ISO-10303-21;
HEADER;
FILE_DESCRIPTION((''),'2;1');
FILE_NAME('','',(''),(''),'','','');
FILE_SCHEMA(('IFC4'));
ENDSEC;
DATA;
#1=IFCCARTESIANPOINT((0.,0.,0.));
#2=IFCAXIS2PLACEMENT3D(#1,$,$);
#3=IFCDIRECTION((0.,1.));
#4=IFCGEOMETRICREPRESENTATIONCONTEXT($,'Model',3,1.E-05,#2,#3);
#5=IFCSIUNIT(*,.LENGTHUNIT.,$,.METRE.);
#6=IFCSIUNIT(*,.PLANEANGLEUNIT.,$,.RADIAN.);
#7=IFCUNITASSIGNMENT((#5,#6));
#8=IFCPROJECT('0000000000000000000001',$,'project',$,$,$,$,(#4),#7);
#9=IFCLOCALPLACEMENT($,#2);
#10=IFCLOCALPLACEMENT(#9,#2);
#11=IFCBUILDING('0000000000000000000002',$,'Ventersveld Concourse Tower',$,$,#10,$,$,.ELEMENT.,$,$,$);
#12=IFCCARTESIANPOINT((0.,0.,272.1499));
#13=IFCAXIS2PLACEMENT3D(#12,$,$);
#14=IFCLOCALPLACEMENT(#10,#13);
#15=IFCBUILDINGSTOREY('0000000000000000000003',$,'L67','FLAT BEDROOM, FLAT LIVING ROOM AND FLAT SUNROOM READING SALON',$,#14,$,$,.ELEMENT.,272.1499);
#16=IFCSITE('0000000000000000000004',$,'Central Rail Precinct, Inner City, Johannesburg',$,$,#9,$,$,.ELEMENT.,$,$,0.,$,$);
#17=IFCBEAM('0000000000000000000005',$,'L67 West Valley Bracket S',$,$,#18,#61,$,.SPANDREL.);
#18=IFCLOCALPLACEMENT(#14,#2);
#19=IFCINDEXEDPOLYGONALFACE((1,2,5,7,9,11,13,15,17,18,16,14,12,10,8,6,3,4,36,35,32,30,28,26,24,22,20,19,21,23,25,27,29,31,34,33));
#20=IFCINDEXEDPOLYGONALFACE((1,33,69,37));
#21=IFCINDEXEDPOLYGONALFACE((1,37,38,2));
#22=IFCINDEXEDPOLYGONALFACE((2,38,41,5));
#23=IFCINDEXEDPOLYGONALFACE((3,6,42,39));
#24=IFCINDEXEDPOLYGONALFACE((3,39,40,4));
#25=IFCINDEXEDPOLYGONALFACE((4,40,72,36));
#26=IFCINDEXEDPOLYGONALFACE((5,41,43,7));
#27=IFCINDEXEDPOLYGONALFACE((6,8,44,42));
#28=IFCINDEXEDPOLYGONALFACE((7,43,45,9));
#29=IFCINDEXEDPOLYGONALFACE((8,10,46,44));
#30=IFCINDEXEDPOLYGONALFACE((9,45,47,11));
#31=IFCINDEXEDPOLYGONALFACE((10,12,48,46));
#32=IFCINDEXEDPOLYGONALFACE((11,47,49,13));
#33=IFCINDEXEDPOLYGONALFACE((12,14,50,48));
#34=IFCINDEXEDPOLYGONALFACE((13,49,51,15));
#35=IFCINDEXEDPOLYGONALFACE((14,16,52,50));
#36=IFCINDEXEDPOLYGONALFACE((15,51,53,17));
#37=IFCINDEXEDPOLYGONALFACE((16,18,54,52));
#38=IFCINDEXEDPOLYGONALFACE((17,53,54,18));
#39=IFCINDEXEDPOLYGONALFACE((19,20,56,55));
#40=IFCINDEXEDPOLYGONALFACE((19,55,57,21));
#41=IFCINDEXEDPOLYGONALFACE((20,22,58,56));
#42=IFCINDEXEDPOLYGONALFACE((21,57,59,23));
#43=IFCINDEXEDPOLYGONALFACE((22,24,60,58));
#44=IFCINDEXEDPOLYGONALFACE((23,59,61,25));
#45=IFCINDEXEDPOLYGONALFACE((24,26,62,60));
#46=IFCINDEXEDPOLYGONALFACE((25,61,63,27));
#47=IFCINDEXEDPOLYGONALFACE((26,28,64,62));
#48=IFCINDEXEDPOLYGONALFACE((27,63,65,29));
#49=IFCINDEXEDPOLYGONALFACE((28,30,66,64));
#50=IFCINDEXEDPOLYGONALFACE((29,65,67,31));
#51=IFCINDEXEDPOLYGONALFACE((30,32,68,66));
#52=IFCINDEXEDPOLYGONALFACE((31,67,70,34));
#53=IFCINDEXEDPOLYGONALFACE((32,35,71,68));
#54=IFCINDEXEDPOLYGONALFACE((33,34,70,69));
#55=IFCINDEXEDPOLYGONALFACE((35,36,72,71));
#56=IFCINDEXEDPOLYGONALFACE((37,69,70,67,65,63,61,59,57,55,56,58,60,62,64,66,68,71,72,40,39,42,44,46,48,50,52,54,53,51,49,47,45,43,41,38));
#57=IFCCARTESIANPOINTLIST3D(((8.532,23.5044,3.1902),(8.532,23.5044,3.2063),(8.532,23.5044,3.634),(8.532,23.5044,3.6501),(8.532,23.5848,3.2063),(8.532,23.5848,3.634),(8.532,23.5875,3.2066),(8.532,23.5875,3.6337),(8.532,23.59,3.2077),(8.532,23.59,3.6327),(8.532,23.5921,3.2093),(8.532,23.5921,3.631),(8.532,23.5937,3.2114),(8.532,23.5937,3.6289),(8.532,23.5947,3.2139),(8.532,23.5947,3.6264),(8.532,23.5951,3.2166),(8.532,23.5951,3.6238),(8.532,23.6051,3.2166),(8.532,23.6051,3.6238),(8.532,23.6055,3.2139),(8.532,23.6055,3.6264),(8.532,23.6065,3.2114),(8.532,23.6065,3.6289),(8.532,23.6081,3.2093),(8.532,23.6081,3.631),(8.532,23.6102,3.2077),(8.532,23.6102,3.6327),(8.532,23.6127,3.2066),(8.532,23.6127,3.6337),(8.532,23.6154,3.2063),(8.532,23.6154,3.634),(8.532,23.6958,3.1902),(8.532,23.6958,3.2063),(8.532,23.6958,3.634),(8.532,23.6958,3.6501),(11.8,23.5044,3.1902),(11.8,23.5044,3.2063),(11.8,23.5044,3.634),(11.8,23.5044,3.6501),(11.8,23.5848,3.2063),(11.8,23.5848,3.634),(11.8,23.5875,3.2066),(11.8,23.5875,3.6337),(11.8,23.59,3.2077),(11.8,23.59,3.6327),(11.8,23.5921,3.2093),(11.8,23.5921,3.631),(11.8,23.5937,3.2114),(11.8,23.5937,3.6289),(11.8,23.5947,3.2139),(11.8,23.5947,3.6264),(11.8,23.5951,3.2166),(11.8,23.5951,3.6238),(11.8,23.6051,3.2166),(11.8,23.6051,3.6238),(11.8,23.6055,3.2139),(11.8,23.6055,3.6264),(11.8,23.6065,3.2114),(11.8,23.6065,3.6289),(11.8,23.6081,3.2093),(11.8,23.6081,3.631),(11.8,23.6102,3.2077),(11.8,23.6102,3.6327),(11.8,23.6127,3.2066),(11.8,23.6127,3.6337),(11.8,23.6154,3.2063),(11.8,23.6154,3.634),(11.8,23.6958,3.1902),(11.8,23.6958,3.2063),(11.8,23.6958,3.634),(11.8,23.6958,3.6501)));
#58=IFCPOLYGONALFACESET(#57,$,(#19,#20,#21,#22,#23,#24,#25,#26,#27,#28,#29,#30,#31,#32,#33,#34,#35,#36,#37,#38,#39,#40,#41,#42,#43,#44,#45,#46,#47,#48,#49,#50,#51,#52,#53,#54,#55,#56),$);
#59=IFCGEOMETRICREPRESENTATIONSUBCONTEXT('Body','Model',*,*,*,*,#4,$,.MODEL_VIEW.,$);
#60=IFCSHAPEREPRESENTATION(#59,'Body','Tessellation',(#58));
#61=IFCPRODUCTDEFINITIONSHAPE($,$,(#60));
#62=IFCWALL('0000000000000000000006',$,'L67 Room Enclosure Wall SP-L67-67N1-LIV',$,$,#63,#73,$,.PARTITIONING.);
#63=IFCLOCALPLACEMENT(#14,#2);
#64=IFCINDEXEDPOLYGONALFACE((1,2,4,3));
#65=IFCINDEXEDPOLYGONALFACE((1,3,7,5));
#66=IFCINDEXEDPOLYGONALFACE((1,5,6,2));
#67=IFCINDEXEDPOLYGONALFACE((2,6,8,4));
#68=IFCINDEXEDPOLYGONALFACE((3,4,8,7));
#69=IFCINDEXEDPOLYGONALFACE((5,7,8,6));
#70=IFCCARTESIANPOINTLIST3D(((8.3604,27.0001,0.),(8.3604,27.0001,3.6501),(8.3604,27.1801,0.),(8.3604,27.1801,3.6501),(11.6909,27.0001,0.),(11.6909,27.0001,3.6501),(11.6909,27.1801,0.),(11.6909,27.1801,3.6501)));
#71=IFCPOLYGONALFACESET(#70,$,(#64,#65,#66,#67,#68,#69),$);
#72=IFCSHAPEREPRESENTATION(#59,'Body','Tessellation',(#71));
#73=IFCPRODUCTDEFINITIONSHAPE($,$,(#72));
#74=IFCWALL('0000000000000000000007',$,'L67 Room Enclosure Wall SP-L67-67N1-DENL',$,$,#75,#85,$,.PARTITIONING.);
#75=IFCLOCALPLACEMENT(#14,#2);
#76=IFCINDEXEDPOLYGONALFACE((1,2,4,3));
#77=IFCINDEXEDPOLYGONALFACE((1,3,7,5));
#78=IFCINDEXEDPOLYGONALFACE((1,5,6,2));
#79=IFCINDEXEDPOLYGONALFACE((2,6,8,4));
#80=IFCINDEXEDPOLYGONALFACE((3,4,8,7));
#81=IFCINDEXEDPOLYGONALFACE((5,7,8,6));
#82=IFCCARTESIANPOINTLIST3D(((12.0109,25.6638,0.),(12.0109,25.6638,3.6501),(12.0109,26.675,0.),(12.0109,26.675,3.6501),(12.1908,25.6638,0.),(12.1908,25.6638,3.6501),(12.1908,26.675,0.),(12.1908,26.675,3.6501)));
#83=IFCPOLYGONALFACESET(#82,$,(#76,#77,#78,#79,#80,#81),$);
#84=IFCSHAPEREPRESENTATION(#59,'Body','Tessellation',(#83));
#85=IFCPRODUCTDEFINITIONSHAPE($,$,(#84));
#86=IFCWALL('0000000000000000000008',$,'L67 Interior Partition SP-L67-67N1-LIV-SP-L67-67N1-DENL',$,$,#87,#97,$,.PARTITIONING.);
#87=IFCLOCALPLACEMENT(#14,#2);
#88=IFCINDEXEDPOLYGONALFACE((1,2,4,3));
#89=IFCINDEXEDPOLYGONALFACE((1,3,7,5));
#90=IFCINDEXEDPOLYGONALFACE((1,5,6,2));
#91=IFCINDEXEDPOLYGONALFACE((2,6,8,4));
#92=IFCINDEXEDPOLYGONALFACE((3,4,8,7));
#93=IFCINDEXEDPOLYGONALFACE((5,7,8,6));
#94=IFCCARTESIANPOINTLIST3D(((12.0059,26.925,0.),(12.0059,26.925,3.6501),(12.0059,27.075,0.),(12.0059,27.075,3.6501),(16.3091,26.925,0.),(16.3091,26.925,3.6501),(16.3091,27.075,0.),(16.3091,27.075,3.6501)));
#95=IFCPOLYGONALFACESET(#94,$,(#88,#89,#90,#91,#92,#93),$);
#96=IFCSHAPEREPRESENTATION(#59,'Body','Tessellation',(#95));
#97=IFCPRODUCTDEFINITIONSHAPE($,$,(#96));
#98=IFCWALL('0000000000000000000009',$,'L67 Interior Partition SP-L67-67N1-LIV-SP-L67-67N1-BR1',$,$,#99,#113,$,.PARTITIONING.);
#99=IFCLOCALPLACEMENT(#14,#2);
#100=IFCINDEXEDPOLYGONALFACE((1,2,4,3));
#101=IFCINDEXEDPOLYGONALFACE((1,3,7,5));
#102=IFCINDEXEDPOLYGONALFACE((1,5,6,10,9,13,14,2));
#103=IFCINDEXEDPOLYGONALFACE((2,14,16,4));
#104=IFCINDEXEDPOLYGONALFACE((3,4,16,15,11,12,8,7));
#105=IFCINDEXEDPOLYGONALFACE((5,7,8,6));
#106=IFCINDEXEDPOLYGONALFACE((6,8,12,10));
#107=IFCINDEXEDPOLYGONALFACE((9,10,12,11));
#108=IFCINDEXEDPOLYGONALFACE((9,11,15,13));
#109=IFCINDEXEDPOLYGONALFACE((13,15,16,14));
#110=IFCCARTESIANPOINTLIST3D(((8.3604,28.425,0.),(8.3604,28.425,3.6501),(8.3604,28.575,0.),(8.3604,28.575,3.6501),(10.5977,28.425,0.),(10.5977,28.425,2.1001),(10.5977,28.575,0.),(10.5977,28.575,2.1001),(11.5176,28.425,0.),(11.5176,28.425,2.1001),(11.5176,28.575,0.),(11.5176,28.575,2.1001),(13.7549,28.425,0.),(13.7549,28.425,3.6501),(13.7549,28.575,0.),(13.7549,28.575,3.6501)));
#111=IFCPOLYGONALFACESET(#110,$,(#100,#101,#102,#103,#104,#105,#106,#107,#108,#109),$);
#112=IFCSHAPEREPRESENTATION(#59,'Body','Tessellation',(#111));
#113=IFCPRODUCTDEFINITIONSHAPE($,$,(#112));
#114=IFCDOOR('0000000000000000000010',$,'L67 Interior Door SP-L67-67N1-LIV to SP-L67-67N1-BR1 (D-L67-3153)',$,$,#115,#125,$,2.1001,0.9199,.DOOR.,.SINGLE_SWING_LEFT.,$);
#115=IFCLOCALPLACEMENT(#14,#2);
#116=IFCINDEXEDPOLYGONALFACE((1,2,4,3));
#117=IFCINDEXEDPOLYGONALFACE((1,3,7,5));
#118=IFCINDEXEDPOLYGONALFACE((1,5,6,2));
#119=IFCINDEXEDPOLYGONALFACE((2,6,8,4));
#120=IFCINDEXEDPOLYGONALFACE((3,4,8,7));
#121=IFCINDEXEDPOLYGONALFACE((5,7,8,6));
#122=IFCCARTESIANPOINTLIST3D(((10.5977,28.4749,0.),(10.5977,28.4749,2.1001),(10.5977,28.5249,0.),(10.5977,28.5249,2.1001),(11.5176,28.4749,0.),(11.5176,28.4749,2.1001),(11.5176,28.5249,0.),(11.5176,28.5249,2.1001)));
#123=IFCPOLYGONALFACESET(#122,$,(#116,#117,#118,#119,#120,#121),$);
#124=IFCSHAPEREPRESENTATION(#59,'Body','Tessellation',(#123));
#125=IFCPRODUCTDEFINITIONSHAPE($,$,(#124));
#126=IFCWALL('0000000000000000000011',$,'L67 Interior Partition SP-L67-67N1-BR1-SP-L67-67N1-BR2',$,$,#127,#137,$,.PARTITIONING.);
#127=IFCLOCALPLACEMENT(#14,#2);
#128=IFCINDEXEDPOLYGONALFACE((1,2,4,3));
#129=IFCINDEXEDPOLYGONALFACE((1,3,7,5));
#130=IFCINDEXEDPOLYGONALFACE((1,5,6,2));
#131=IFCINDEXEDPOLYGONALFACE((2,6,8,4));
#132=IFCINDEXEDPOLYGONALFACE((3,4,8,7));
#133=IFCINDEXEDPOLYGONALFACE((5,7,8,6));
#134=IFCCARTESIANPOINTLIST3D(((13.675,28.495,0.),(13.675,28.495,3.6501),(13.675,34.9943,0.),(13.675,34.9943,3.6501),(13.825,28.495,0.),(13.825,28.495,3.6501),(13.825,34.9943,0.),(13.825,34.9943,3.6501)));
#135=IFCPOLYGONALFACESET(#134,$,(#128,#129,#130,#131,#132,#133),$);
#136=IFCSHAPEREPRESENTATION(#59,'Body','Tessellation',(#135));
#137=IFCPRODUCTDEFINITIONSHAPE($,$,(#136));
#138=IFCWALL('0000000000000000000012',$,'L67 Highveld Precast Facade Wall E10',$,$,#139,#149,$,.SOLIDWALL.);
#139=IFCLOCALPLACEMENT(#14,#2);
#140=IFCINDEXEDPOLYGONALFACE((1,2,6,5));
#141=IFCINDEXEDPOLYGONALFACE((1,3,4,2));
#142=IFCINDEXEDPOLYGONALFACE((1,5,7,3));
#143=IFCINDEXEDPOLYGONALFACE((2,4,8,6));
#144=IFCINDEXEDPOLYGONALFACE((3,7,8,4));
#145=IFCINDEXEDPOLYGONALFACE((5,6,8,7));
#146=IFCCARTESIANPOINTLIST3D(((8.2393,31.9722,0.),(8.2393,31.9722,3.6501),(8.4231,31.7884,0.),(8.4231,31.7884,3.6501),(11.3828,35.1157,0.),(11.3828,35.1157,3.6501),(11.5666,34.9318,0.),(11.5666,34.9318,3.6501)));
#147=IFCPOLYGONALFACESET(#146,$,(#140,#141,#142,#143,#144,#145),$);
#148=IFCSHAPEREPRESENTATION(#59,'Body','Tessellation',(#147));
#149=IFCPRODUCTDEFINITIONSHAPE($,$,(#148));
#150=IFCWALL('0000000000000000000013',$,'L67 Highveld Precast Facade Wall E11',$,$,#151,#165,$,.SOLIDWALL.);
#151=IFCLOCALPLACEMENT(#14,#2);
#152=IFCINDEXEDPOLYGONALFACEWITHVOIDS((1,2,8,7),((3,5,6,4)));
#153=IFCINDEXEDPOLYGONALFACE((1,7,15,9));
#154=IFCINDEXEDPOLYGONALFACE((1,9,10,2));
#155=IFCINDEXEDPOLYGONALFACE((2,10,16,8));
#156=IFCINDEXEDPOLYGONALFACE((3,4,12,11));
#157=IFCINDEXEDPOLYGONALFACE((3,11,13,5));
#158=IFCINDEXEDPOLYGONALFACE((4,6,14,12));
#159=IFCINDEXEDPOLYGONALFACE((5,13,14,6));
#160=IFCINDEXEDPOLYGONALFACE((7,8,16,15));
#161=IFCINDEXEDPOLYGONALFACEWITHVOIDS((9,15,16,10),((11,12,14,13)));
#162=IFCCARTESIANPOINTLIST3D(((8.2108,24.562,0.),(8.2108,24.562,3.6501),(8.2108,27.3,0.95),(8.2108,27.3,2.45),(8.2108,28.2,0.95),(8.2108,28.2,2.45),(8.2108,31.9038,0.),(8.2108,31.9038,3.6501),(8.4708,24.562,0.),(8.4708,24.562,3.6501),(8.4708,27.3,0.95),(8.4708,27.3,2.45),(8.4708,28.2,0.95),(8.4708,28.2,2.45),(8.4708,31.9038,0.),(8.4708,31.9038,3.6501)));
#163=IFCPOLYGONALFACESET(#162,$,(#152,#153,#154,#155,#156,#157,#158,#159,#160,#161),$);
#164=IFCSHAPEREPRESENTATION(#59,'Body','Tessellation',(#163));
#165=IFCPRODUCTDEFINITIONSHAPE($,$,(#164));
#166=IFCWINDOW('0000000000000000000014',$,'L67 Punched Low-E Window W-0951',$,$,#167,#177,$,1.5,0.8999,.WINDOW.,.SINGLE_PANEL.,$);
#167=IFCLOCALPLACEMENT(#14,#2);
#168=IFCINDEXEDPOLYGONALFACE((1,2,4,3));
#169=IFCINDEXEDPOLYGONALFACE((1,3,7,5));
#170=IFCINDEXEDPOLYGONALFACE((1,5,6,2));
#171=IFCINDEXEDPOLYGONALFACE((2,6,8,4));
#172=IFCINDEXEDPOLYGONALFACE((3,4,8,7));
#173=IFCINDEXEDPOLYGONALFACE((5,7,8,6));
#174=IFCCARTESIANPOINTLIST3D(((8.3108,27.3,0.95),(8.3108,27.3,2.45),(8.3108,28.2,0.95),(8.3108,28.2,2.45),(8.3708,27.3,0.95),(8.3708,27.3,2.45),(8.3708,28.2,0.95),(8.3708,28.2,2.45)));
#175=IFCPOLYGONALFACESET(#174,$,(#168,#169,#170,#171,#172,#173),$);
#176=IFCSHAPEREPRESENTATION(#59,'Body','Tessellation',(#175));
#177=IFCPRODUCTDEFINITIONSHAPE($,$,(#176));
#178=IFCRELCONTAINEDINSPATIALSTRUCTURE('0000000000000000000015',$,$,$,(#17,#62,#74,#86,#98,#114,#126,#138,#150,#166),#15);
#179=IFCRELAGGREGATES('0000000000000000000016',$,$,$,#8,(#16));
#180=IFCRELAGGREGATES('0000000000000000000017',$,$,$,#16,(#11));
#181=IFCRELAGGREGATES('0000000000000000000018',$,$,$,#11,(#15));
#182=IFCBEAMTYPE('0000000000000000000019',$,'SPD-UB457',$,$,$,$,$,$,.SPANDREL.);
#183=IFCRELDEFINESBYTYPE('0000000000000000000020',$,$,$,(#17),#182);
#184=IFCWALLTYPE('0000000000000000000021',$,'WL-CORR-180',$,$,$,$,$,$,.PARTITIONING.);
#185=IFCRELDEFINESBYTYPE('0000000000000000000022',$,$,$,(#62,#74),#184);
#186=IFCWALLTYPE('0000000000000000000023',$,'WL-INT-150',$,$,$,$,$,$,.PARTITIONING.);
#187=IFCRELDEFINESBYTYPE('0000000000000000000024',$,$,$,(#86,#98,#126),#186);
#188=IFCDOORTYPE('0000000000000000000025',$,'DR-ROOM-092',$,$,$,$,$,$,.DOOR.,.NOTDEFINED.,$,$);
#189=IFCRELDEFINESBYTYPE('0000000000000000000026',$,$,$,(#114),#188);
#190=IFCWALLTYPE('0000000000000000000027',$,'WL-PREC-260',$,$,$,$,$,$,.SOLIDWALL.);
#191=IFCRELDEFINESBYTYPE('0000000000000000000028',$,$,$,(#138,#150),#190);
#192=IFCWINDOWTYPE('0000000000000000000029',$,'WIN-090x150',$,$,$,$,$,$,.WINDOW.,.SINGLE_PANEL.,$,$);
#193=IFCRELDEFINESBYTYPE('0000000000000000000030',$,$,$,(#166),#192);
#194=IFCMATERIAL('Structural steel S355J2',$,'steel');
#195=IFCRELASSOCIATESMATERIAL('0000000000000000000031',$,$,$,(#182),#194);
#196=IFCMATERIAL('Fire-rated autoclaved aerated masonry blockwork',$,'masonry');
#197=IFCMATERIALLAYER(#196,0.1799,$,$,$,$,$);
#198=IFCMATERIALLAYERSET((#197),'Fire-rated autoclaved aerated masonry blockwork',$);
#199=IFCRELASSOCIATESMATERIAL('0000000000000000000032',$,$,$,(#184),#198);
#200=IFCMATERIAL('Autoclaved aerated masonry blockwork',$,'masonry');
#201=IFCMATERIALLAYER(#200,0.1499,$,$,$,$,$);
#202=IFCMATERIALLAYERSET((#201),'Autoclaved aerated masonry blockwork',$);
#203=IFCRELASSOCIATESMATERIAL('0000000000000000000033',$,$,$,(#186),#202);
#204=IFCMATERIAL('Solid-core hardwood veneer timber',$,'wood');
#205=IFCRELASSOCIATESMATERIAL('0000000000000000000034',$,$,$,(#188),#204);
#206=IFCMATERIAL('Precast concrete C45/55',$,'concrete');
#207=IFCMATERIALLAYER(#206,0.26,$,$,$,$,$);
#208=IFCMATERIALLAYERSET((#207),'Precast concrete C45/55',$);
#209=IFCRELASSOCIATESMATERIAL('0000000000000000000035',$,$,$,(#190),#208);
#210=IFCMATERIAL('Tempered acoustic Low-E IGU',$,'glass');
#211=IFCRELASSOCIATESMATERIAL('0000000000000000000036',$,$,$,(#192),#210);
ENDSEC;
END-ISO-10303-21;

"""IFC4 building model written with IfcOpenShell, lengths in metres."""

from ifc_helpers import new_model, si_unit, direction, frame, frame_2d, origin, origin_2d, place, context, subcontext, project, spatial, rectangle, i_section, extrude, material, layer, layer_set, material_profile, profile_set, type_object, element, fill, save


model = new_model("IFC4")

# Units and contexts
model_context = context("Model", 3, precision=1e-05, world=origin(), true_north=direction((0.0, 1.0)))
body_context = subcontext(model_context, "Body", "Model", "MODEL_VIEW")
ifc_project = project(units=[si_unit("LENGTHUNIT", "METRE"), si_unit("PLANEANGLEUNIT", "RADIAN")], contexts=[model_context])

# Site, building, storey
site_placement = place(None, origin())
site = spatial("IfcSite", under=ifc_project, at=site_placement, Name="Central Rail Precinct, Inner City, Johannesburg", CompositionType="ELEMENT", RefElevation=0.0)
building_placement = place(site_placement, origin())
building = spatial("IfcBuilding", under=site, at=building_placement, Name="Ventersveld Concourse Tower", CompositionType="ELEMENT")
storey_placement = place(building_placement, frame((0.0, 0.0, 272.1499)))
storey = spatial("IfcBuildingStorey", under=building, at=storey_placement, Name="L67", Description="FLAT BEDROOM, FLAT LIVING ROOM AND FLAT SUNROOM READING SALON", CompositionType="ELEMENT", Elevation=272.1499)

# Beam
ifc_material_1 = material(Name="Structural steel S355J2", Category="steel")
ifc_material_profile_1 = material_profile(ifc_material_1, i_section(OverallWidth=0.1914, OverallDepth=0.46, WebThickness=0.01, FlangeThickness=0.0161, FilletRadius=0.0103, at=origin_2d()), Name="UB 457x191x82")
ifc_profile_set_1 = profile_set([ifc_material_profile_1], Name="Structural steel S355J2")
beam_type_1 = type_object("IfcBeamType", Name="SPD-UB457", PredefinedType="SPANDREL", material=ifc_profile_set_1)
beam_1_placement = place(storey_placement, frame((8.532, 23.6001, 3.4202), z_axis=(1.0, 0.0, 0.0), x_axis=(0.0, 1.0, 0.0)))
element("IfcBeam", 1, at=beam_1_placement, inside=storey, type_object=beam_type_1, Name="L67 West Valley Bracket S", PredefinedType="SPANDREL", context=body_context, shape_type="SweptSolid", body=[
    extrude(i_section(OverallWidth=0.1914, OverallDepth=0.46, WebThickness=0.01, FlangeThickness=0.0161, FilletRadius=0.0103, at=origin_2d()), origin(), (0.0, 0.0, 1.0), 3.2681),
])

# Walls
ifc_material_2 = material(Name="Fire-rated autoclaved aerated masonry blockwork", Category="masonry")
ifc_layer_1 = layer(ifc_material_2, 0.1799)
ifc_layer_set_1 = layer_set([ifc_layer_1], Name="Fire-rated autoclaved aerated masonry blockwork")
wall_type_1 = type_object("IfcWallType", Name="WL-CORR-180", PredefinedType="PARTITIONING", material=ifc_layer_set_1)
wall_1_placement = place(storey_placement, frame((11.6909, 27.0901, 0.0), z_axis=(0.0, 0.0, 1.0), x_axis=(-1.0, 0.0, 0.0)))
element("IfcWall", 2, at=wall_1_placement, inside=storey, type_object=wall_type_1, Name="L67 Room Enclosure Wall SP-L67-67N1-LIV", PredefinedType="PARTITIONING", context=body_context, shape_type="SweptSolid", body=[
    extrude(rectangle(XDim=3.3306, YDim=0.1799, at=frame_2d((1.6653, 0.0))), origin(), (0.0, 0.0, 1.0), 3.6501),
])
wall_2_placement = place(storey_placement, frame((12.1008, 25.6638, 0.0), z_axis=(0.0, 0.0, 1.0), x_axis=(0.0, 1.0, 0.0)))
element("IfcWall", 3, at=wall_2_placement, inside=storey, type_object=wall_type_1, Name="L67 Room Enclosure Wall SP-L67-67N1-DENL", PredefinedType="PARTITIONING", context=body_context, shape_type="SweptSolid", body=[
    extrude(rectangle(XDim=1.0112, YDim=0.1799, at=frame_2d((0.5056, 0.0))), origin(), (0.0, 0.0, 1.0), 3.6501),
])
ifc_material_3 = material(Name="Autoclaved aerated masonry blockwork", Category="masonry")
ifc_layer_2 = layer(ifc_material_3, 0.1499)
ifc_layer_set_2 = layer_set([ifc_layer_2], Name="Autoclaved aerated masonry blockwork")
wall_type_2 = type_object("IfcWallType", Name="WL-INT-150", PredefinedType="PARTITIONING", material=ifc_layer_set_2)
wall_3_placement = place(storey_placement, frame((12.0059, 27.0, 0.0), z_axis=(0.0, 0.0, 1.0), x_axis=(1.0, 0.0, 0.0)))
element("IfcWall", 4, at=wall_3_placement, inside=storey, type_object=wall_type_2, Name="L67 Interior Partition SP-L67-67N1-LIV-SP-L67-67N1-DENL", PredefinedType="PARTITIONING", context=body_context, shape_type="SweptSolid", body=[
    extrude(rectangle(XDim=4.3032, YDim=0.1499, at=frame_2d((2.1516, 0.0))), origin(), (0.0, 0.0, 1.0), 3.6501),
])

# Wall, opening, door
wall_4_placement = place(storey_placement, frame((8.3604, 28.5, 0.0), z_axis=(0.0, 0.0, 1.0), x_axis=(1.0, 0.0, 0.0)))
wall_4 = element("IfcWall", 5, at=wall_4_placement, inside=storey, type_object=wall_type_2, Name="L67 Interior Partition SP-L67-67N1-LIV-SP-L67-67N1-BR1", PredefinedType="PARTITIONING", context=body_context, shape_type="SweptSolid", body=[
    extrude(rectangle(XDim=5.3945, YDim=0.1499, at=frame_2d((2.6973, 0.0))), origin(), (0.0, 0.0, 1.0), 3.6501),
])
opening_1_placement = place(wall_4_placement, frame((2.2373, 0.0, 0.0)))
opening_1 = element("IfcOpeningElement", 6, at=opening_1_placement, cuts=wall_4, PredefinedType="OPENING", context=body_context, shape_type="SweptSolid", body=[
    extrude(rectangle(XDim=0.9199, YDim=2.1001, at=frame_2d((0.46, 1.05))), frame((0.0, 0.085, 0.0), z_axis=(0.0, -1.0, 0.0), x_axis=(1.0, 0.0, 0.0)), (0.0, 0.0, 1.0), 0.1699),
])
ifc_material_4 = material(Name="Solid-core hardwood veneer timber", Category="wood")
door_type_1 = type_object("IfcDoorType", Name="DR-ROOM-092", OperationType="NOTDEFINED", PredefinedType="DOOR", material=ifc_material_4)
door_1_placement = place(opening_1_placement, origin())
door_1 = element("IfcDoor", 7, at=door_1_placement, inside=storey, type_object=door_type_1, Name="L67 Interior Door SP-L67-67N1-LIV to SP-L67-67N1-BR1 (D-L67-3153)", OperationType="SINGLE_SWING_LEFT", OverallHeight=2.1001, OverallWidth=0.9199, PredefinedType="DOOR", context=body_context, shape_type="SweptSolid", body=[
    extrude(rectangle(XDim=0.9199, YDim=2.1001, at=frame_2d((0.46, 1.05))), frame((0.0, 0.0249, 0.0), z_axis=(0.0, -1.0, 0.0), x_axis=(1.0, 0.0, 0.0)), (0.0, 0.0, 1.0), 0.05),
])
fill(opening_1, door_1)

# Walls
wall_5_placement = place(storey_placement, frame((13.75, 28.4951, 0.0), z_axis=(0.0, 0.0, 1.0), x_axis=(0.0, 1.0, 0.0)))
element("IfcWall", 8, at=wall_5_placement, inside=storey, type_object=wall_type_2, Name="L67 Interior Partition SP-L67-67N1-BR1-SP-L67-67N1-BR2", PredefinedType="PARTITIONING", context=body_context, shape_type="SweptSolid", body=[
    extrude(rectangle(XDim=6.4993, YDim=0.1499, at=frame_2d((3.2495, 0.0))), origin(), (0.0, 0.0, 1.0), 3.6501),
])
ifc_material_5 = material(Name="Precast concrete C45/55", Category="concrete")
ifc_layer_3 = layer(ifc_material_5, 0.26)
ifc_layer_set_3 = layer_set([ifc_layer_3], Name="Precast concrete C45/55")
wall_type_3 = type_object("IfcWallType", Name="WL-PREC-260", PredefinedType="SOLIDWALL", material=ifc_layer_set_3)
wall_6_placement = place(storey_placement, frame((11.4746, 35.0237, 0.0), z_axis=(0.0, 0.0, 1.0), x_axis=(-0.707107, -0.707107, 0.0)))
element("IfcWall", 9, at=wall_6_placement, inside=storey, type_object=wall_type_3, Name="L67 Highveld Precast Facade Wall E10", PredefinedType="SOLIDWALL", context=body_context, shape_type="SweptSolid", body=[
    extrude(rectangle(XDim=4.4456, YDim=0.26, at=frame_2d((2.2227, 0.0))), origin(), (0.0, 0.0, 1.0), 3.6501),
])

# Wall, opening, window
wall_7_placement = place(storey_placement, frame((8.3408, 31.9038, 0.0), z_axis=(0.0, 0.0, 1.0), x_axis=(0.0, -1.0, 0.0)))
wall_7 = element("IfcWall", 10, at=wall_7_placement, inside=storey, type_object=wall_type_3, Name="L67 Highveld Precast Facade Wall E11", PredefinedType="SOLIDWALL", context=body_context, shape_type="SweptSolid", body=[
    extrude(rectangle(XDim=7.3418, YDim=0.26, at=frame_2d((3.6709, 0.0))), origin(), (0.0, 0.0, 1.0), 3.6501),
])
opening_2_placement = place(wall_7_placement, frame((3.7039, 0.0, 0.95)))
opening_2 = element("IfcOpeningElement", 11, at=opening_2_placement, cuts=wall_7, PredefinedType="OPENING", context=body_context, shape_type="SweptSolid", body=[
    extrude(rectangle(XDim=0.8999, YDim=1.5, at=frame_2d((0.45, 0.75))), frame((0.0, 0.1401, 0.0), z_axis=(0.0, -1.0, 0.0), x_axis=(1.0, 0.0, 0.0)), (0.0, 0.0, 1.0), 0.28),
])
ifc_material_6 = material(Name="Tempered acoustic Low-E IGU", Category="glass")
window_type = type_object("IfcWindowType", Name="WIN-090x150", PartitioningType="SINGLE_PANEL", PredefinedType="WINDOW", material=ifc_material_6)
window_1_placement = place(opening_2_placement, origin())
window_1 = element("IfcWindow", 12, at=window_1_placement, inside=storey, type_object=window_type, Name="L67 Punched Low-E Window W-0951", OverallHeight=1.5, OverallWidth=0.8999, PartitioningType="SINGLE_PANEL", PredefinedType="WINDOW", context=body_context, shape_type="SweptSolid", body=[
    extrude(rectangle(XDim=0.8999, YDim=1.5, at=frame_2d((0.45, 0.75))), frame((0.0, 0.03, 0.0), z_axis=(0.0, -1.0, 0.0), x_axis=(1.0, 0.0, 0.0)), (0.0, 0.0, 1.0), 0.0601),
])
fill(opening_2, window_1)

save(model, "model.ifc")
